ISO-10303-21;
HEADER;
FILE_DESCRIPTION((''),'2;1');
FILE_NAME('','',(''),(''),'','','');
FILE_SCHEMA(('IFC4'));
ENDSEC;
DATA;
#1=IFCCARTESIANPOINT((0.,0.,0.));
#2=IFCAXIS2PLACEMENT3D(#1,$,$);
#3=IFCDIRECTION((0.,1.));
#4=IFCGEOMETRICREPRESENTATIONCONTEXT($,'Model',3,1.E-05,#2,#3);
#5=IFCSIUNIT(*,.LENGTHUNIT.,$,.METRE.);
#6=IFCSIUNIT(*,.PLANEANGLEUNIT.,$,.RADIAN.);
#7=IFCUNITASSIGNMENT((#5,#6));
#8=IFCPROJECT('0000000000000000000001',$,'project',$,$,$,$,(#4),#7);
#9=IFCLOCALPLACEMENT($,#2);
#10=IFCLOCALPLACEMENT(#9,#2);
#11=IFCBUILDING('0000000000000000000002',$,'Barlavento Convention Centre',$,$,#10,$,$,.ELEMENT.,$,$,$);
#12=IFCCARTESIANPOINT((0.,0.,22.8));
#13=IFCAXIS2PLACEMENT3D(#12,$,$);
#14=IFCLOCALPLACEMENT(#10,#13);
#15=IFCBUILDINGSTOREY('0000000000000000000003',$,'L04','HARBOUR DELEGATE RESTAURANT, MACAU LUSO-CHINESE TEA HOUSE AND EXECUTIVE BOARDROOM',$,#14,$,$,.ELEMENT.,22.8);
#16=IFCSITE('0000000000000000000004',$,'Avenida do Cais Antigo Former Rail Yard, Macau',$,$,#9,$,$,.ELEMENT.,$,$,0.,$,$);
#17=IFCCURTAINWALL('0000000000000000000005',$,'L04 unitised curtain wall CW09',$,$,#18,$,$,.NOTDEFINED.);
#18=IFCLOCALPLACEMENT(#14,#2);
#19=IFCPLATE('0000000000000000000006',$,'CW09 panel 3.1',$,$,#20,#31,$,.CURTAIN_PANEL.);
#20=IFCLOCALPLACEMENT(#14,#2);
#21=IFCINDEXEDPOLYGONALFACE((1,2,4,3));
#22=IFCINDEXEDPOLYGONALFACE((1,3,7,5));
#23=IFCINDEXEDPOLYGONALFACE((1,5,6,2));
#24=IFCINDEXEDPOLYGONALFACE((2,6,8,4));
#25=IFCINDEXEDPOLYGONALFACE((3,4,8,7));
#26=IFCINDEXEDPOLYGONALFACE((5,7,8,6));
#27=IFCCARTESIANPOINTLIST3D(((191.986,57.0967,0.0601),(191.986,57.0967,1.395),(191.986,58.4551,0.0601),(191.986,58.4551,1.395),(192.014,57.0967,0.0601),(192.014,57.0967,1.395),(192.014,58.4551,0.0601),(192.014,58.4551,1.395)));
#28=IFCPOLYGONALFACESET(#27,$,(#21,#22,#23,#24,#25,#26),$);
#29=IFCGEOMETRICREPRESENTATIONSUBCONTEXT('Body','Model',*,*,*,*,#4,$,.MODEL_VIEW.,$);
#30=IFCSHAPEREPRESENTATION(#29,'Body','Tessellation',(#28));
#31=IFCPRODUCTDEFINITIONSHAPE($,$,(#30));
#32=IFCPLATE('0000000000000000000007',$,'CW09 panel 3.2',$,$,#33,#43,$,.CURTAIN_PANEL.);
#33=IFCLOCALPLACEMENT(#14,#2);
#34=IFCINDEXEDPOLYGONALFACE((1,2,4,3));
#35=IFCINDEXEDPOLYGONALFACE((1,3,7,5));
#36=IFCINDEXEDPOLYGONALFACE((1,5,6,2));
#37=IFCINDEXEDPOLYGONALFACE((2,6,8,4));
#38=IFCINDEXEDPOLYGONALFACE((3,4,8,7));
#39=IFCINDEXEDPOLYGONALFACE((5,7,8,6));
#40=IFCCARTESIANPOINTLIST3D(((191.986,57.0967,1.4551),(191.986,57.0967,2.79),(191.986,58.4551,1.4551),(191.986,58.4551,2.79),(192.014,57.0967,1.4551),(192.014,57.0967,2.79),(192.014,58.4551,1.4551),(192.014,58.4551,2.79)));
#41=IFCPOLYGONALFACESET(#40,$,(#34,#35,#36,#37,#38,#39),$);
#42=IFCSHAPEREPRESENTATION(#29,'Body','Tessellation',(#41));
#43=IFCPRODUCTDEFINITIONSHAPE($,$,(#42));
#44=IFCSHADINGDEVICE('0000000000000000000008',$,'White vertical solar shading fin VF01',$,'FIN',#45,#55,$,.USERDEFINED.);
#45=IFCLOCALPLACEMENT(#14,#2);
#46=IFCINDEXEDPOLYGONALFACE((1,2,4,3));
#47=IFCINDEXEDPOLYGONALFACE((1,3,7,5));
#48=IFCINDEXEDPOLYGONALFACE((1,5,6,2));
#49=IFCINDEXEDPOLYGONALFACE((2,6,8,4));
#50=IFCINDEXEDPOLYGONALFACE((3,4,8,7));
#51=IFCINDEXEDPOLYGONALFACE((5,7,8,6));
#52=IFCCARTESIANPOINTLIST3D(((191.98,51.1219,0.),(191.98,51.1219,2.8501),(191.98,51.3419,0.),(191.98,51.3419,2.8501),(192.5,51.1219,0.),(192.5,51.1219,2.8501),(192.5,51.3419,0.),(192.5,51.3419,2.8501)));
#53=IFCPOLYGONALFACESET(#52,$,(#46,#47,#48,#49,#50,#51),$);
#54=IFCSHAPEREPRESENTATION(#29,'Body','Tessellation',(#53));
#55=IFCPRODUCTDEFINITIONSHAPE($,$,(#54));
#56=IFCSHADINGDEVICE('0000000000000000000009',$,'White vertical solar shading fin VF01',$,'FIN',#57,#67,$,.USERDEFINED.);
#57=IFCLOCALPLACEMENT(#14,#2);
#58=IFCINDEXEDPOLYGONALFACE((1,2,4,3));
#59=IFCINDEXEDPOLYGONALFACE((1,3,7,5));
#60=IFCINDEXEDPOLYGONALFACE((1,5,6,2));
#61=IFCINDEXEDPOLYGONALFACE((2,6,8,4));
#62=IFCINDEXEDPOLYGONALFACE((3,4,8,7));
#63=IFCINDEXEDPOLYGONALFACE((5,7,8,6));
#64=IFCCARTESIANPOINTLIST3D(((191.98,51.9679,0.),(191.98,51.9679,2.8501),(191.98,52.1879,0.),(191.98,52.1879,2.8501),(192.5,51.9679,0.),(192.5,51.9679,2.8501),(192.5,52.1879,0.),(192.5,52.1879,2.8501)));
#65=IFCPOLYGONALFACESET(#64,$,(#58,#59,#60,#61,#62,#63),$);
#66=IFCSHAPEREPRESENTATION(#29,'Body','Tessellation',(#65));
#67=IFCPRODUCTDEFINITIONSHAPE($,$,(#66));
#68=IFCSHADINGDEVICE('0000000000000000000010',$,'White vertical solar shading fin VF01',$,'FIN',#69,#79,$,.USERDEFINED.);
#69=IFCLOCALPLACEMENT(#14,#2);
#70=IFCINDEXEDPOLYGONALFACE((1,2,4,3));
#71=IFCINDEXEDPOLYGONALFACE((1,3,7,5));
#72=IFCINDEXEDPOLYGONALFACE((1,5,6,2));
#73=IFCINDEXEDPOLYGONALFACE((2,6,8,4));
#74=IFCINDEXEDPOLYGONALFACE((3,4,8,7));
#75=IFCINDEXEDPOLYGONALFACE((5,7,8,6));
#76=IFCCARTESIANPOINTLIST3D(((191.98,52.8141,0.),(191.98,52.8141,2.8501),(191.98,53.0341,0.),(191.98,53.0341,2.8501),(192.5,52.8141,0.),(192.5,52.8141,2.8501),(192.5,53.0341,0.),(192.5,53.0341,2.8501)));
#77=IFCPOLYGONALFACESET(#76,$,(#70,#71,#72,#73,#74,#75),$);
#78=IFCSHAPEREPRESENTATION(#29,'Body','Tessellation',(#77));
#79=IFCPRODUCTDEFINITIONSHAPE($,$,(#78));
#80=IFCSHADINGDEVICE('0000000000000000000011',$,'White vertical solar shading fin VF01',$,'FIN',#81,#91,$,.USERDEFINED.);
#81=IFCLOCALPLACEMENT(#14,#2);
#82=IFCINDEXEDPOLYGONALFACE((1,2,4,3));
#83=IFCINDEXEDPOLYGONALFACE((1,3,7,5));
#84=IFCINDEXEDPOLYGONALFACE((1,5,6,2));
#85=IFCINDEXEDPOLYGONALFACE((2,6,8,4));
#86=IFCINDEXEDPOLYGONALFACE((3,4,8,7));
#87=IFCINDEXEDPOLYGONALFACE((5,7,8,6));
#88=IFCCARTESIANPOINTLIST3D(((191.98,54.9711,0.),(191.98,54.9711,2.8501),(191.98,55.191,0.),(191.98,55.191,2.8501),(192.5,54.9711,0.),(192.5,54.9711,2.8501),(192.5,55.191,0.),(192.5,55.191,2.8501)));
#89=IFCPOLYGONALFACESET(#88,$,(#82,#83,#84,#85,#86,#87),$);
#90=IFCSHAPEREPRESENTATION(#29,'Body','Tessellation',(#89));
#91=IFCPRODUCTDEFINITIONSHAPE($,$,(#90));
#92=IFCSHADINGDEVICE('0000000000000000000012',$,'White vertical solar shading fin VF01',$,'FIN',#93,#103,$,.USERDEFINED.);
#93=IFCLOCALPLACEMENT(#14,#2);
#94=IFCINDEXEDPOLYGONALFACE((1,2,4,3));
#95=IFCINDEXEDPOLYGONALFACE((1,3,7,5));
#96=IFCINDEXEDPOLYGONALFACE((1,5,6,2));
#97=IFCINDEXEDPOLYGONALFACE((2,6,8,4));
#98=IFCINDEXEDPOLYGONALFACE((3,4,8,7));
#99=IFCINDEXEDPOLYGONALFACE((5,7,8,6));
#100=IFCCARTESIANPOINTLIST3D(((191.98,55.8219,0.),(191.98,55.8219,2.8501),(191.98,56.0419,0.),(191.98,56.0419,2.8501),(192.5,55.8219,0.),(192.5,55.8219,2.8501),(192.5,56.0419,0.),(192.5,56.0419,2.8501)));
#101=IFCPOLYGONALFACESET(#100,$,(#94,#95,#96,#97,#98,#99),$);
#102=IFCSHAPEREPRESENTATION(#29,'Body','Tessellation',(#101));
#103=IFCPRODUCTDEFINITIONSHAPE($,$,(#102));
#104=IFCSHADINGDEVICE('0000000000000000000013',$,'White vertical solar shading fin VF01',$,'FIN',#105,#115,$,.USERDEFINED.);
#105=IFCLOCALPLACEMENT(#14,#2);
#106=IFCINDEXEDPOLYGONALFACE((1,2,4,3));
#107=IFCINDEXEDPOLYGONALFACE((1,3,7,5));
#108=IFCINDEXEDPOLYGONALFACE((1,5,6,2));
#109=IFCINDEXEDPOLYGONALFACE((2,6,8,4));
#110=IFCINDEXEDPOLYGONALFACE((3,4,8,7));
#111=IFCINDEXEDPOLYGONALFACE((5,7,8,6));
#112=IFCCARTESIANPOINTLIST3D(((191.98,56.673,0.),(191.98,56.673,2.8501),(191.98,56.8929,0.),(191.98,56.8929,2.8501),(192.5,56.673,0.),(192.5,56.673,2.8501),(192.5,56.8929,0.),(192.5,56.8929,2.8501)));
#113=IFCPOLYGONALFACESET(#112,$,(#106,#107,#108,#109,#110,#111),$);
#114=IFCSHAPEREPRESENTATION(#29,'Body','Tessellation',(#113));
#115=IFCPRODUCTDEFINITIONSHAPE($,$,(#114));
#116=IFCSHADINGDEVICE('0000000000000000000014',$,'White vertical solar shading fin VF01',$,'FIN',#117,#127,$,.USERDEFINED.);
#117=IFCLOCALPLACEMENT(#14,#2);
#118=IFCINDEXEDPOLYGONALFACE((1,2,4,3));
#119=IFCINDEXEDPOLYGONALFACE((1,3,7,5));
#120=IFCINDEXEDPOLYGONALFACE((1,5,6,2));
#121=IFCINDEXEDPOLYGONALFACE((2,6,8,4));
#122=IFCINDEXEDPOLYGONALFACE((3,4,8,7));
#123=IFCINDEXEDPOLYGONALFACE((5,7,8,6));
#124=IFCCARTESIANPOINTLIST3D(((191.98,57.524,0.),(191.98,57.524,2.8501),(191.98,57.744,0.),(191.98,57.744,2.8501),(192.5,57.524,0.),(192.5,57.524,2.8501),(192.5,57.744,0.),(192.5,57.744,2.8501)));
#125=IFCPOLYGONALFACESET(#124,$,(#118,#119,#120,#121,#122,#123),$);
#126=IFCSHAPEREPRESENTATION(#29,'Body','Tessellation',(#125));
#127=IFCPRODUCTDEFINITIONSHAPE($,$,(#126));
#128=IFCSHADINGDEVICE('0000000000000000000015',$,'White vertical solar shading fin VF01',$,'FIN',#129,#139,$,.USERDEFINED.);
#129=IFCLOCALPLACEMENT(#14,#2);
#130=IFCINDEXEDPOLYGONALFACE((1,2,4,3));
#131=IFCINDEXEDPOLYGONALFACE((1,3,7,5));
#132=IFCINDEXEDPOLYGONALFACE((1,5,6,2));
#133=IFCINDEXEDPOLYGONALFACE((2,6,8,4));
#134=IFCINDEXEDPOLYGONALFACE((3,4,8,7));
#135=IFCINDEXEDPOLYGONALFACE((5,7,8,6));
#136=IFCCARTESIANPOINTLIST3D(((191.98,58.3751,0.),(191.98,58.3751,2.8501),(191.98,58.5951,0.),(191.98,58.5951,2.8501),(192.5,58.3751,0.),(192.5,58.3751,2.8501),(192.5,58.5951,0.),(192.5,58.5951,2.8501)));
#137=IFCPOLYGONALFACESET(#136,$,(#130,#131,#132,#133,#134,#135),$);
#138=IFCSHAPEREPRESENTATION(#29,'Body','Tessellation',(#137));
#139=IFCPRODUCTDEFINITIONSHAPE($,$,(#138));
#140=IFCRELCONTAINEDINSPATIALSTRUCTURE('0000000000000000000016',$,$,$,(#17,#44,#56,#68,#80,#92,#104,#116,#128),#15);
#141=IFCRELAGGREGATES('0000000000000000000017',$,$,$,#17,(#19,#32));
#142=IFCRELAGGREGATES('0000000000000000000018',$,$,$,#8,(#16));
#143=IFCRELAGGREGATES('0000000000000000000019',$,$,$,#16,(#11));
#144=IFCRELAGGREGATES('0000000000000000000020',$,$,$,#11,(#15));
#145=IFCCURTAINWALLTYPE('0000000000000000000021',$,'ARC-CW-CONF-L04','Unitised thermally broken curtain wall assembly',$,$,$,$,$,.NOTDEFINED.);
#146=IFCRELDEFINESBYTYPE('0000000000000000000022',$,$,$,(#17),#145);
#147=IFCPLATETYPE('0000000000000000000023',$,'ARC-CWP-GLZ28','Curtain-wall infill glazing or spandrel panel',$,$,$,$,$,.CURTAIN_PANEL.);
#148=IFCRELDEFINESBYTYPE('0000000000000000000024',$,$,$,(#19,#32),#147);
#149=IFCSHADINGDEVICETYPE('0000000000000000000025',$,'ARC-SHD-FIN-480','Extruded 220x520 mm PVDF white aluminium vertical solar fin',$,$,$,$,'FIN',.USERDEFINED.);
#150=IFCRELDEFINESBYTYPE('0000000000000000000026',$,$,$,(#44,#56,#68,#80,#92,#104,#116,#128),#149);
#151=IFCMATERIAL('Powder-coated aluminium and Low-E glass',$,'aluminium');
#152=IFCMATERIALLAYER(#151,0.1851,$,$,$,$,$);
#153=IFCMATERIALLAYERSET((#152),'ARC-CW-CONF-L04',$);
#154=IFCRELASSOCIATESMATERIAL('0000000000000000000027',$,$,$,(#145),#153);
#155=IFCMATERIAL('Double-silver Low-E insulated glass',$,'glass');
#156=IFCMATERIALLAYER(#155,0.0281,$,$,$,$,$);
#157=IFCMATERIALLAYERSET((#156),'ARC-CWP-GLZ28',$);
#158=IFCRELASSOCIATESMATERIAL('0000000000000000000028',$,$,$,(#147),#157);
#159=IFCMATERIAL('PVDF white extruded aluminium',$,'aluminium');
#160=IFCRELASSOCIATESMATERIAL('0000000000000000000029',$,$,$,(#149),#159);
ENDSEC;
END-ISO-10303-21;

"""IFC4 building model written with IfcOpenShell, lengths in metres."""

from ifc_helpers import new_model, si_unit, direction, frame, origin, origin_2d, place, context, subcontext, project, spatial, rectangle, extrude, material, layer, layer_set, type_object, element, aggregate, save


model = new_model("IFC4")

# Units and contexts
model_context = context("Model", 3, precision=1e-05, world=origin(), true_north=direction((0.0, 1.0)))
body_context = subcontext(model_context, "Body", "Model", "MODEL_VIEW")
ifc_project = project(units=[si_unit("LENGTHUNIT", "METRE"), si_unit("PLANEANGLEUNIT", "RADIAN")], contexts=[model_context])

# Site, building, storey
site_placement = place(None, origin())
site = spatial("IfcSite", under=ifc_project, at=site_placement, Name="Avenida do Cais Antigo Former Rail Yard, Macau", CompositionType="ELEMENT", RefElevation=0.0)
building_placement = place(site_placement, origin())
building = spatial("IfcBuilding", under=site, at=building_placement, Name="Barlavento Convention Centre", CompositionType="ELEMENT")
storey_placement = place(building_placement, frame((0.0, 0.0, 22.8)))
storey = spatial("IfcBuildingStorey", under=building, at=storey_placement, Name="L04", Description="HARBOUR DELEGATE RESTAURANT, MACAU LUSO-CHINESE TEA HOUSE AND EXECUTIVE BOARDROOM", CompositionType="ELEMENT", Elevation=22.8)

# Curtain wall, plates
ifc_material_1 = material(Name="Powder-coated aluminium and Low-E glass", Category="aluminium")
ifc_layer_1 = layer(ifc_material_1, 0.1851)
ifc_layer_set_1 = layer_set([ifc_layer_1], Name="ARC-CW-CONF-L04")
curtain_wall_type = type_object("IfcCurtainWallType", Name="ARC-CW-CONF-L04", Description="Unitised thermally broken curtain wall assembly", PredefinedType="NOTDEFINED", material=ifc_layer_set_1)
curtain_wall_placement = place(storey_placement, origin())
curtain_wall = element("IfcCurtainWall", 1, at=curtain_wall_placement, inside=storey, type_object=curtain_wall_type, Name="L04 unitised curtain wall CW09", PredefinedType="NOTDEFINED")
ifc_material_2 = material(Name="Double-silver Low-E insulated glass", Category="glass")
ifc_layer_2 = layer(ifc_material_2, 0.0281)
ifc_layer_set_2 = layer_set([ifc_layer_2], Name="ARC-CWP-GLZ28")
plate_type = type_object("IfcPlateType", Name="ARC-CWP-GLZ28", Description="Curtain-wall infill glazing or spandrel panel", PredefinedType="CURTAIN_PANEL", material=ifc_layer_set_2)
plate_1_placement = place(storey_placement, frame((192.0, 57.7759, 0.0601), z_axis=(0.0, 0.0, 1.0), x_axis=(0.0, 1.0, 0.0)))
plate_1 = element("IfcPlate", 2, at=plate_1_placement, type_object=plate_type, Name="CW09 panel 3.1", PredefinedType="CURTAIN_PANEL", context=body_context, shape_type="SweptSolid", body=[
    extrude(rectangle(XDim=1.3584, YDim=0.0281, at=origin_2d()), origin(), (0.0, 0.0, 1.0), 1.335),
])
plate_2_placement = place(storey_placement, frame((192.0, 57.7759, 1.4551), z_axis=(0.0, 0.0, 1.0), x_axis=(0.0, 1.0, 0.0)))
plate_2 = element("IfcPlate", 3, at=plate_2_placement, type_object=plate_type, Name="CW09 panel 3.2", PredefinedType="CURTAIN_PANEL", context=body_context, shape_type="SweptSolid", body=[
    extrude(rectangle(XDim=1.3584, YDim=0.0281, at=origin_2d()), origin(), (0.0, 0.0, 1.0), 1.335),
])
aggregate(curtain_wall, [plate_1, plate_2])

# Shading devices
ifc_material_3 = material(Name="PVDF white extruded aluminium", Category="aluminium")
shading_device_type = type_object("IfcShadingDeviceType", Name="ARC-SHD-FIN-480", Description="Extruded 220x520 mm PVDF white aluminium vertical solar fin", ElementType="FIN", PredefinedType="USERDEFINED", material=ifc_material_3)
for number, where, z_axis, x_axis, name in (
    (4, (192.24, 51.2319, 0.0), (0.0, 0.0, 1.0), (0.0, 1.0, 0.0), "White vertical solar shading fin VF01"),
    (5, (192.24, 52.0779, 0.0), (0.0, 0.0, 1.0), (0.0, 1.0, 0.0), "White vertical solar shading fin VF01"),
    (6, (192.24, 52.9241, 0.0), (0.0, 0.0, 1.0), (0.0, 1.0, 0.0), "White vertical solar shading fin VF01"),
    (7, (192.24, 55.0811, 0.0), (0.0, 0.0, 1.0), (0.0, 1.0, 0.0), "White vertical solar shading fin VF01"),
    (8, (192.24, 55.9319, 0.0), (0.0, 0.0, 1.0), (0.0, 1.0, 0.0), "White vertical solar shading fin VF01"),
    (9, (192.24, 56.783, 0.0), (0.0, 0.0, 1.0), (0.0, 1.0, 0.0), "White vertical solar shading fin VF01"),
    (10, (192.24, 57.634, 0.0), (0.0, 0.0, 1.0), (0.0, 1.0, 0.0), "White vertical solar shading fin VF01"),
    (11, (192.24, 58.4851, 0.0), (0.0, 0.0, 1.0), (0.0, 1.0, 0.0), "White vertical solar shading fin VF01"),
):
    element("IfcShadingDevice", number, at=place(storey_placement, frame(where, z_axis=z_axis, x_axis=x_axis)), inside=storey, type_object=shading_device_type, Name=name, ObjectType="FIN", PredefinedType="USERDEFINED", context=body_context, shape_type="SweptSolid", body=[
        extrude(rectangle(XDim=0.22, YDim=0.52, at=origin_2d()), origin(), (0.0, 0.0, 1.0), 2.8501),
    ])

save(model, "model.ifc")
